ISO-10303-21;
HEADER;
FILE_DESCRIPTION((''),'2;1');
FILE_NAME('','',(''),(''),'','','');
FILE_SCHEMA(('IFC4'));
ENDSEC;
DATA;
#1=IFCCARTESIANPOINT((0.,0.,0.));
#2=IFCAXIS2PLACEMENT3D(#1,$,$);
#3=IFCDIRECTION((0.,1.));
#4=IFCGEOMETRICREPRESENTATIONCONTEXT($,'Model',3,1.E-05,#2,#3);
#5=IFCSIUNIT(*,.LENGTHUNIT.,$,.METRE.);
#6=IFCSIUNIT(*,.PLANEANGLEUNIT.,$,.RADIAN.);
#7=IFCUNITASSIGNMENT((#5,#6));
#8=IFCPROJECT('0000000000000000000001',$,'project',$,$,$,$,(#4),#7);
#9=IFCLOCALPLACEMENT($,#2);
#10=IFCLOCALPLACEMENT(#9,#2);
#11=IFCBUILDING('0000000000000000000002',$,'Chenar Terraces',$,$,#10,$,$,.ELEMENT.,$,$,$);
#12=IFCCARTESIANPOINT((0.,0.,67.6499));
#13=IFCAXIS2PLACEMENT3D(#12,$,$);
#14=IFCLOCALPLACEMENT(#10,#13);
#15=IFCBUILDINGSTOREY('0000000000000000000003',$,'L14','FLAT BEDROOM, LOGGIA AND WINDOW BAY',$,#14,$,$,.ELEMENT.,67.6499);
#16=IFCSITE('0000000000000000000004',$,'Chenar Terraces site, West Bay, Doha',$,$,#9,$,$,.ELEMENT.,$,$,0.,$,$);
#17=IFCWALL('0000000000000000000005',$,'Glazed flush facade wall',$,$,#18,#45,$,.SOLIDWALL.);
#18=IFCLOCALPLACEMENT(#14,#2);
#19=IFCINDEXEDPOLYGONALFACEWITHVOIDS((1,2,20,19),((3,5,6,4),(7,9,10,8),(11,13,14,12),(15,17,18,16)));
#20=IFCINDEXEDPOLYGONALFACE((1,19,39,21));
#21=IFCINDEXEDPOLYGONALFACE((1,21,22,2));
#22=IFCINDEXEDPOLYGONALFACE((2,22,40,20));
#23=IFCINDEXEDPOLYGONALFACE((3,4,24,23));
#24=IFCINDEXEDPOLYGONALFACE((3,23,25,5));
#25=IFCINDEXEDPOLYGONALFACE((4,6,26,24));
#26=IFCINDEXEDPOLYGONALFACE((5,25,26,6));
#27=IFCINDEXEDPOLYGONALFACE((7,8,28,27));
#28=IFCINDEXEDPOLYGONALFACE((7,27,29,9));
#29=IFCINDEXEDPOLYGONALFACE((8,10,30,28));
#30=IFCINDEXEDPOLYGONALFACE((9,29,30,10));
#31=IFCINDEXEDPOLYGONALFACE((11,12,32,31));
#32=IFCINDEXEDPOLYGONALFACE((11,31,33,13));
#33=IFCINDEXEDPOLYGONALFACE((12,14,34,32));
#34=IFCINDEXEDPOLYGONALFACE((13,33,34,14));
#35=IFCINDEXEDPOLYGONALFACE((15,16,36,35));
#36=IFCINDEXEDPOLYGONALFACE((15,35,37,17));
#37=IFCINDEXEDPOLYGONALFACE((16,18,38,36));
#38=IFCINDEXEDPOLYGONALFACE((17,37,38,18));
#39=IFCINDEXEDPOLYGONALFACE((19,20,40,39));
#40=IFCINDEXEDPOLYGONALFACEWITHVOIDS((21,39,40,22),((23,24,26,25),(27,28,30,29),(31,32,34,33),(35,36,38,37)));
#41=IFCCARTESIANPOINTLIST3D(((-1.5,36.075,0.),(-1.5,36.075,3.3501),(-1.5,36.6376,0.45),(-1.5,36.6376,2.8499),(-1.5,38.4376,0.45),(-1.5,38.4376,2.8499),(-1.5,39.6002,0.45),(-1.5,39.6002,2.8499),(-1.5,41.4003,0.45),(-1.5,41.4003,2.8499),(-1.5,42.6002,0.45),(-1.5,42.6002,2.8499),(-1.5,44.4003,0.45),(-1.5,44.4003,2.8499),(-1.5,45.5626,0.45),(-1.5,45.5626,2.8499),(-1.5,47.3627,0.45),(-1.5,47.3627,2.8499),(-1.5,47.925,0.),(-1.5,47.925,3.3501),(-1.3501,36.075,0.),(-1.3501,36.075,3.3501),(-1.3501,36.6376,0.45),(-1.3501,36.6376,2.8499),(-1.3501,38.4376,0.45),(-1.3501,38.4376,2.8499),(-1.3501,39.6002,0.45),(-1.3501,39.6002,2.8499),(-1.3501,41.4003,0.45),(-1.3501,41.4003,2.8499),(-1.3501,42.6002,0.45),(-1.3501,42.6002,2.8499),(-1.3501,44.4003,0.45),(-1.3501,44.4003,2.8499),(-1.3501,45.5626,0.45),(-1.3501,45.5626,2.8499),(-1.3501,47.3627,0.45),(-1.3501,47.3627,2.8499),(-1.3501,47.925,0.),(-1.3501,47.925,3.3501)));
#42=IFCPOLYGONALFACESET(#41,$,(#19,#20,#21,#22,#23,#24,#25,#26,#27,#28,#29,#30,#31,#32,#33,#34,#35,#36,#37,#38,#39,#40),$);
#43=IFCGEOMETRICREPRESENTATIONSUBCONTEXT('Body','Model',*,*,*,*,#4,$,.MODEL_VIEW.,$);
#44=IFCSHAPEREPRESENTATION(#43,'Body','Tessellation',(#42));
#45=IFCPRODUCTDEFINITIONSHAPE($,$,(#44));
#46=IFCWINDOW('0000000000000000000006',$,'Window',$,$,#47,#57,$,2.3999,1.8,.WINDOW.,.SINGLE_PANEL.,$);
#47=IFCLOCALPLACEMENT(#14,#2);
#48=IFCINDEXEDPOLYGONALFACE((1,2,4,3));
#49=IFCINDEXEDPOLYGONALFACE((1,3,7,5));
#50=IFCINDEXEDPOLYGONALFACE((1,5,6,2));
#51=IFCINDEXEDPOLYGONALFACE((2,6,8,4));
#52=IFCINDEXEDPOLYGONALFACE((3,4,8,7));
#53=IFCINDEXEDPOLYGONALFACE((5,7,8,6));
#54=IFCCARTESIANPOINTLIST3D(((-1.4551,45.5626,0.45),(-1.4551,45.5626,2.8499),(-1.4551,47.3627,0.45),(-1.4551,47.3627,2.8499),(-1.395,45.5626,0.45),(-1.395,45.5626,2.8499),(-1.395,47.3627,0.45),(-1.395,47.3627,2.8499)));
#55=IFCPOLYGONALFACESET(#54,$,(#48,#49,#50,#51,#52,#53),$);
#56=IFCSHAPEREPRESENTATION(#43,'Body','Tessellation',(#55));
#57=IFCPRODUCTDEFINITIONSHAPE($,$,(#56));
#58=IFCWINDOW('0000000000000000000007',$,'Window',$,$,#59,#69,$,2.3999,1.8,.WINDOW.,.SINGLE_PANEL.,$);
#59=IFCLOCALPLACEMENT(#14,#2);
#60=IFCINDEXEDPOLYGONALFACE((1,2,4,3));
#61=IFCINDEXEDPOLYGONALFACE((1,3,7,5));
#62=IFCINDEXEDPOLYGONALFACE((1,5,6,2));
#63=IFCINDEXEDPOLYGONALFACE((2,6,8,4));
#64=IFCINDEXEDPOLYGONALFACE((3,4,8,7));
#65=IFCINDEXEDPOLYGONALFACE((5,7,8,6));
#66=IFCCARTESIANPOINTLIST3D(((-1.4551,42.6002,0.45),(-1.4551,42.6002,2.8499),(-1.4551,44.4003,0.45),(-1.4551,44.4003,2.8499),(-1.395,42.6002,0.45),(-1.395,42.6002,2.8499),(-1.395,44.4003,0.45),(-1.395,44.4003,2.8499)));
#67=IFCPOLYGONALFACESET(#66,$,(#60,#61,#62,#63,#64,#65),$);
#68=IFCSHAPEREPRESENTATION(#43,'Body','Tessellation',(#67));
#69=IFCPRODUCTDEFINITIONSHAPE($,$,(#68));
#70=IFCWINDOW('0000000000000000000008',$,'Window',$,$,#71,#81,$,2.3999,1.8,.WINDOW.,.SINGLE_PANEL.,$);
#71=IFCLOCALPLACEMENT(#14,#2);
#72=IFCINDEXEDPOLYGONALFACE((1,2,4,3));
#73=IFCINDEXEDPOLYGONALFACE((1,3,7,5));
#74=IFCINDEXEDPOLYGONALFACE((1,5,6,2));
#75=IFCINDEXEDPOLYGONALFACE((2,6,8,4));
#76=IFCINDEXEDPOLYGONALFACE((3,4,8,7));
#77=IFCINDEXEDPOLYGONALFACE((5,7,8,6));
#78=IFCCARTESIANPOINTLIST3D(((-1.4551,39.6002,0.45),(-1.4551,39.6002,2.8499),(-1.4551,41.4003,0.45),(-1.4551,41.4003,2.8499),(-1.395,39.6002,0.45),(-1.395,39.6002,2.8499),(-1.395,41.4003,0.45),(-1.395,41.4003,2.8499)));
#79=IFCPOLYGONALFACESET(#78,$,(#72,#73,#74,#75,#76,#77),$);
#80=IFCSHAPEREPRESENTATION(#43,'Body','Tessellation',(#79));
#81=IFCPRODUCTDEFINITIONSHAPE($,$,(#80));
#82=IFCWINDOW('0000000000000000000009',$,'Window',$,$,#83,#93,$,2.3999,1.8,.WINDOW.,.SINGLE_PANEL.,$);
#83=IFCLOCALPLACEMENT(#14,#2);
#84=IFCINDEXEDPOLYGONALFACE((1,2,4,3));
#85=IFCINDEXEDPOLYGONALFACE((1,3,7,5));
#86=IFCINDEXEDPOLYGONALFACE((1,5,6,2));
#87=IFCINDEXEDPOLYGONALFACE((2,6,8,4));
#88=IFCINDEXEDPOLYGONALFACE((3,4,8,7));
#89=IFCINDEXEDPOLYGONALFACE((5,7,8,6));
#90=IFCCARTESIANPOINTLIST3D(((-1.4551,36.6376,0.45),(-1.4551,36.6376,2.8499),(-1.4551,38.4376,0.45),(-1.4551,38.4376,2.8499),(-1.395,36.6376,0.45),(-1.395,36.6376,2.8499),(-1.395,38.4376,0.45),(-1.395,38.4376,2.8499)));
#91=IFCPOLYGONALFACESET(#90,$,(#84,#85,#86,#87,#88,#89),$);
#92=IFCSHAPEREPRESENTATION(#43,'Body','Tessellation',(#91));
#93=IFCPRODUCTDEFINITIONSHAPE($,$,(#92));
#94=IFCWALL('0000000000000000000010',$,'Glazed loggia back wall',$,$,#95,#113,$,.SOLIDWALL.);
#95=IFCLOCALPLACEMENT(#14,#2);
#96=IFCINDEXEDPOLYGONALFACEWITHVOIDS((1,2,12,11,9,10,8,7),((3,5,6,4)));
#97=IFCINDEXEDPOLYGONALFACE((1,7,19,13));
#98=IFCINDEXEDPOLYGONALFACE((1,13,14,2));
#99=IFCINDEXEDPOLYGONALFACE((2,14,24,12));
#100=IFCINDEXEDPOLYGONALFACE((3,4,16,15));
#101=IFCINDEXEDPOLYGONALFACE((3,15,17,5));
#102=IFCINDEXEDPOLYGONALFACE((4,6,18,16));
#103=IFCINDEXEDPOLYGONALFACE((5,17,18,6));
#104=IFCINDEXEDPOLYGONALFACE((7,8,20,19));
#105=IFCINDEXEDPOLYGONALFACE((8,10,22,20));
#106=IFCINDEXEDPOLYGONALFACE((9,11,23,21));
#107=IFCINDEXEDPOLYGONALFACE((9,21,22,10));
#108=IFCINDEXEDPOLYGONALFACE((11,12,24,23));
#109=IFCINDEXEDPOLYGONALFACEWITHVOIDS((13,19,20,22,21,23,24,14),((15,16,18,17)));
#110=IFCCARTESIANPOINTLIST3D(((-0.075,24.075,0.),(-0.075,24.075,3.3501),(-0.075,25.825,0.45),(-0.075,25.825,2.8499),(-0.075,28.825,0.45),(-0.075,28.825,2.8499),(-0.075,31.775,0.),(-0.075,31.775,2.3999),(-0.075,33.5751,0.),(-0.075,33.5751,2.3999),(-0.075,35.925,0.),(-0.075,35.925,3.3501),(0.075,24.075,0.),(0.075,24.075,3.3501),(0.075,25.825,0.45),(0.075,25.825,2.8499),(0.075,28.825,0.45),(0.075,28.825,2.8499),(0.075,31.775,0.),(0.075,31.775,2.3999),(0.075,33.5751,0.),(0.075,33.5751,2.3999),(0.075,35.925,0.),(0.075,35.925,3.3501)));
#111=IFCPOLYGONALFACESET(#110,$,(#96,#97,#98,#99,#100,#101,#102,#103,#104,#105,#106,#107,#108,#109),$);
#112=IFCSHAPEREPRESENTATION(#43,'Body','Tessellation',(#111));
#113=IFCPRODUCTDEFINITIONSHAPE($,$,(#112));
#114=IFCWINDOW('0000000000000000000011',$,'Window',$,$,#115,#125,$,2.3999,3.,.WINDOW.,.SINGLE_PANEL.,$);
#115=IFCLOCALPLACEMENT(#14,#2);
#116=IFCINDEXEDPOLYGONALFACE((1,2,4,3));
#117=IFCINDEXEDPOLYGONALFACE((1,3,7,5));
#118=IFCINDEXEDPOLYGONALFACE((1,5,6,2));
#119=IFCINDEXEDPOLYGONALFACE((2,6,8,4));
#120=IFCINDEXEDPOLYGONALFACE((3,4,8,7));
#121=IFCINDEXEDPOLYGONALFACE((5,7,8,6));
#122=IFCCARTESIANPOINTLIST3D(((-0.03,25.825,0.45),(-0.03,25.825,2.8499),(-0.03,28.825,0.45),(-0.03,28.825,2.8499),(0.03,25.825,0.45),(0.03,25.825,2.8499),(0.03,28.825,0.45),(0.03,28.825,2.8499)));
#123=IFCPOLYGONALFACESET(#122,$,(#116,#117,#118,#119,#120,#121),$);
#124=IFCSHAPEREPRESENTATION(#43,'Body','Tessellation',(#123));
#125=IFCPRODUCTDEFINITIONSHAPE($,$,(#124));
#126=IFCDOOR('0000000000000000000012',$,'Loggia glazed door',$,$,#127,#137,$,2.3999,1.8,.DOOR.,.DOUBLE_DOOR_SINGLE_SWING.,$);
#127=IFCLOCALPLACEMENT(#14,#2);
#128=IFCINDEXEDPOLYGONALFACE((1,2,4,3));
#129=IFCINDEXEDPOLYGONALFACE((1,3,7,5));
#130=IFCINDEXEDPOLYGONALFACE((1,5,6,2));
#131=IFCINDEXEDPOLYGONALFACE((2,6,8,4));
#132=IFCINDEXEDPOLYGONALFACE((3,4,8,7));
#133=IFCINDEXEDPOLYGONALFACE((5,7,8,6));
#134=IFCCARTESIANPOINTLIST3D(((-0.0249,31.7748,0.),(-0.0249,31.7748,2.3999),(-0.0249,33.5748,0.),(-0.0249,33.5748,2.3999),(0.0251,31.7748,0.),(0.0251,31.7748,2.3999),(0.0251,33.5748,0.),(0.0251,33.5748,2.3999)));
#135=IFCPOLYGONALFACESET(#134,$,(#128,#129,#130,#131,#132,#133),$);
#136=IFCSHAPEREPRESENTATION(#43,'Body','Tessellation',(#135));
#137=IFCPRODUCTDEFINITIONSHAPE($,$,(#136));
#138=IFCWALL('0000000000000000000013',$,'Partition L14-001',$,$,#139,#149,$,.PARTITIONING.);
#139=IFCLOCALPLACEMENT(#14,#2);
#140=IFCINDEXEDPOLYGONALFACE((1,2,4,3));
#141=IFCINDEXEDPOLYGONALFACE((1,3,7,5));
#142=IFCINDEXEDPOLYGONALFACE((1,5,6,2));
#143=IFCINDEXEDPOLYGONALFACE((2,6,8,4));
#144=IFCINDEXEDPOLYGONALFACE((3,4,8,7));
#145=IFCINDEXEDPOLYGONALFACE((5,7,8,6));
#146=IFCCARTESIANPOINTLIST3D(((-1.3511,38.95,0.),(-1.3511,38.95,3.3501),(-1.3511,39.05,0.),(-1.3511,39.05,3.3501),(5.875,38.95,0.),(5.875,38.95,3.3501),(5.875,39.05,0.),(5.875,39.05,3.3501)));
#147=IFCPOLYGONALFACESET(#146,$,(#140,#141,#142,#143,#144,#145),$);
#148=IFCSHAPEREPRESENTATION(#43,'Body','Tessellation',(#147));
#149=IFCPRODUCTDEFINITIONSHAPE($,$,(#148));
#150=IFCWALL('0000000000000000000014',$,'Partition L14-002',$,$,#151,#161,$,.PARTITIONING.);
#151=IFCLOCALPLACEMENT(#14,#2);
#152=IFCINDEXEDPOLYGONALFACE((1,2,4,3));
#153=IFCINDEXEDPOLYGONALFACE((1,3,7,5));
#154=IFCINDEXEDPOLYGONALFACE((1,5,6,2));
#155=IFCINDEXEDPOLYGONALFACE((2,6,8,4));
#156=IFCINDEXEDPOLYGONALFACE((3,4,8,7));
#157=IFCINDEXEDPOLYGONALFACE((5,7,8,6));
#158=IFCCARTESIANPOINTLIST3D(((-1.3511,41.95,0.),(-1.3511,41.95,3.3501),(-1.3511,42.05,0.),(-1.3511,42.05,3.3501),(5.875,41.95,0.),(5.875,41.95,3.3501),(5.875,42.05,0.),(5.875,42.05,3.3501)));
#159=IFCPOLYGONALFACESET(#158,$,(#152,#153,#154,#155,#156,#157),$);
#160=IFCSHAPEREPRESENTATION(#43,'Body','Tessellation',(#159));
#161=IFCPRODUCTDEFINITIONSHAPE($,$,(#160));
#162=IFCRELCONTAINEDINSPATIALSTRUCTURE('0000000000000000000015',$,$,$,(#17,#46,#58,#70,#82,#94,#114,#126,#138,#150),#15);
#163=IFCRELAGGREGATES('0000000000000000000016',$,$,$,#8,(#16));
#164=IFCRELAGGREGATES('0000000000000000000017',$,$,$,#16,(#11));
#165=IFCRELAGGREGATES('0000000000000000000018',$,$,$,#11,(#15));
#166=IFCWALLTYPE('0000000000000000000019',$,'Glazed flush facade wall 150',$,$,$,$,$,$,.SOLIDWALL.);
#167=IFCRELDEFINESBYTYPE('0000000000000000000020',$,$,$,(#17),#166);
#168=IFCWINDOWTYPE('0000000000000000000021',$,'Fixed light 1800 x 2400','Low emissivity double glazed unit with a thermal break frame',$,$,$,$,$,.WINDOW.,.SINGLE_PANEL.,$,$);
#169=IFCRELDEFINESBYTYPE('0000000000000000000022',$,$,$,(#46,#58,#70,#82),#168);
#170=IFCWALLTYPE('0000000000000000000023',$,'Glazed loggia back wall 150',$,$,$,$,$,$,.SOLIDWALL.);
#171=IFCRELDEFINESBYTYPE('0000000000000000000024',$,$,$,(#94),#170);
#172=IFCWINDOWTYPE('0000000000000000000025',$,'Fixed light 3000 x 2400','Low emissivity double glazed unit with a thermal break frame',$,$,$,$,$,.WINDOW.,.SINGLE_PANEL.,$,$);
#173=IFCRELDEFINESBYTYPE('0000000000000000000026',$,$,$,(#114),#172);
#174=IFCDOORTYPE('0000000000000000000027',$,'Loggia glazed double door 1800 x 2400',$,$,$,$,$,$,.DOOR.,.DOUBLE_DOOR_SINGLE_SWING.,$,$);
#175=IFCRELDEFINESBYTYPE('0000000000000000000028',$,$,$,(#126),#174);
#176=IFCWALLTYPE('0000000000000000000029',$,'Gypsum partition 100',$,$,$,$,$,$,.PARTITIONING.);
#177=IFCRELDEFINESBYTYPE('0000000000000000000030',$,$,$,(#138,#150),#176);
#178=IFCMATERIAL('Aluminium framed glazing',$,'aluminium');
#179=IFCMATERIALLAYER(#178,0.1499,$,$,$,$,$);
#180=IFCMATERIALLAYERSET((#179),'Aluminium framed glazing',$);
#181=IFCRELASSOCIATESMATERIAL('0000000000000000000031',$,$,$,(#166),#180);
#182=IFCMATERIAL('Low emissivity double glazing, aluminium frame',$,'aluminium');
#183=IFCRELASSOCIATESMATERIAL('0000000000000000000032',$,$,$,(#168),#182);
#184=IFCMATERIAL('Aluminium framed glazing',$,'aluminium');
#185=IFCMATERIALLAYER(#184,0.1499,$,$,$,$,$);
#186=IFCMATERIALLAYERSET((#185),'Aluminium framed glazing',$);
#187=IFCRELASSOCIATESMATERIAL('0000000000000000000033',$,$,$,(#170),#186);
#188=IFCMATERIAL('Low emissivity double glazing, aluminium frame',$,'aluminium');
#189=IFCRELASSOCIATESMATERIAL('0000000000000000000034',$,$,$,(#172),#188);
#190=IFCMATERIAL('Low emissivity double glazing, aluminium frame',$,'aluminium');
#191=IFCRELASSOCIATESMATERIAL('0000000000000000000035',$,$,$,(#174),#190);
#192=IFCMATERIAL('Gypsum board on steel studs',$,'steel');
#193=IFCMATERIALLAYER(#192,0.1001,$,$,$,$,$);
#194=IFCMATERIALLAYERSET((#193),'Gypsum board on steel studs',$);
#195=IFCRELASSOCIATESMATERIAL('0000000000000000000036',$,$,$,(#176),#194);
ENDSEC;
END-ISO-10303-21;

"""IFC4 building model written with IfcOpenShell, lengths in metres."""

from ifc_helpers import new_model, si_unit, direction, frame, frame_2d, origin, place, context, subcontext, project, spatial, rectangle, extrude, material, layer, layer_set, type_object, element, fill, save


model = new_model("IFC4")

# Units and contexts
model_context = context("Model", 3, precision=1e-05, world=origin(), true_north=direction((0.0, 1.0)))
body_context = subcontext(model_context, "Body", "Model", "MODEL_VIEW")
ifc_project = project(units=[si_unit("LENGTHUNIT", "METRE"), si_unit("PLANEANGLEUNIT", "RADIAN")], contexts=[model_context])

# Site, building, storey
site_placement = place(None, origin())
site = spatial("IfcSite", under=ifc_project, at=site_placement, Name="Chenar Terraces site, West Bay, Doha", CompositionType="ELEMENT", RefElevation=0.0)
building_placement = place(site_placement, origin())
building = spatial("IfcBuilding", under=site, at=building_placement, Name="Chenar Terraces", CompositionType="ELEMENT")
storey_placement = place(building_placement, frame((0.0, 0.0, 67.6499)))
storey = spatial("IfcBuildingStorey", under=building, at=storey_placement, Name="L14", Description="FLAT BEDROOM, LOGGIA AND WINDOW BAY", CompositionType="ELEMENT", Elevation=67.6499)

# Wall, openings, windows
ifc_material_1 = material(Name="Aluminium framed glazing", Category="aluminium")
ifc_layer_1 = layer(ifc_material_1, 0.1499)
ifc_layer_set_1 = layer_set([ifc_layer_1], Name="Aluminium framed glazing")
wall_type_1 = type_object("IfcWallType", Name="Glazed flush facade wall 150", PredefinedType="SOLIDWALL", material=ifc_layer_set_1)
wall_1_placement = place(storey_placement, frame((-1.425, 47.925, 0.0), z_axis=(0.0, 0.0, 1.0), x_axis=(0.0, -1.0, 0.0)))
wall_1 = element("IfcWall", 1, at=wall_1_placement, inside=storey, type_object=wall_type_1, Name="Glazed flush facade wall", PredefinedType="SOLIDWALL", context=body_context, shape_type="SweptSolid", body=[
    extrude(rectangle(XDim=11.8501, YDim=0.1499, at=frame_2d((5.925, 0.0))), origin(), (0.0, 0.0, 1.0), 3.3501),
])
opening_1_placement = place(wall_1_placement, frame((0.5625, 0.0, 0.45)))
opening_1 = element("IfcOpeningElement", 2, at=opening_1_placement, cuts=wall_1, PredefinedType="OPENING", context=body_context, shape_type="SweptSolid", body=[
    extrude(rectangle(XDim=1.8, YDim=2.3999, at=frame_2d((0.8999, 1.2))), frame((0.0, 0.085, 0.0), z_axis=(0.0, -1.0, 0.0), x_axis=(1.0, 0.0, 0.0)), (0.0, 0.0, 1.0), 0.1699),
])
opening_2_placement = place(wall_1_placement, frame((3.5249, 0.0, 0.45)))
opening_2 = element("IfcOpeningElement", 3, at=opening_2_placement, cuts=wall_1, PredefinedType="OPENING", context=body_context, shape_type="SweptSolid", body=[
    extrude(rectangle(XDim=1.8, YDim=2.3999, at=frame_2d((0.8999, 1.2))), frame((0.0, 0.085, 0.0), z_axis=(0.0, -1.0, 0.0), x_axis=(1.0, 0.0, 0.0)), (0.0, 0.0, 1.0), 0.1699),
])
opening_3_placement = place(wall_1_placement, frame((6.5249, 0.0, 0.45)))
opening_3 = element("IfcOpeningElement", 4, at=opening_3_placement, cuts=wall_1, PredefinedType="OPENING", context=body_context, shape_type="SweptSolid", body=[
    extrude(rectangle(XDim=1.8, YDim=2.3999, at=frame_2d((0.8999, 1.2))), frame((0.0, 0.085, 0.0), z_axis=(0.0, -1.0, 0.0), x_axis=(1.0, 0.0, 0.0)), (0.0, 0.0, 1.0), 0.1699),
])
opening_4_placement = place(wall_1_placement, frame((9.4875, 0.0, 0.45)))
opening_4 = element("IfcOpeningElement", 5, at=opening_4_placement, cuts=wall_1, PredefinedType="OPENING", context=body_context, shape_type="SweptSolid", body=[
    extrude(rectangle(XDim=1.8, YDim=2.3999, at=frame_2d((0.8999, 1.2))), frame((0.0, 0.085, 0.0), z_axis=(0.0, -1.0, 0.0), x_axis=(1.0, 0.0, 0.0)), (0.0, 0.0, 1.0), 0.1699),
])
ifc_material_2 = material(Name="Low emissivity double glazing, aluminium frame", Category="aluminium")
window_type_1 = type_object("IfcWindowType", Name="Fixed light 1800 x 2400", Description="Low emissivity double glazed unit with a thermal break frame", PartitioningType="SINGLE_PANEL", PredefinedType="WINDOW", material=ifc_material_2)
window_1_placement = place(opening_1_placement, origin())
window_1 = element("IfcWindow", 6, at=window_1_placement, inside=storey, type_object=window_type_1, Name="Window", OverallHeight=2.3999, OverallWidth=1.8, PartitioningType="SINGLE_PANEL", PredefinedType="WINDOW", context=body_context, shape_type="SweptSolid", body=[
    extrude(rectangle(XDim=1.8, YDim=2.3999, at=frame_2d((0.8999, 1.2))), frame((0.0, 0.03, 0.0), z_axis=(0.0, -1.0, 0.0), x_axis=(1.0, 0.0, 0.0)), (0.0, 0.0, 1.0), 0.0601),
])
fill(opening_1, window_1)
window_2_placement = place(opening_2_placement, origin())
window_2 = element("IfcWindow", 7, at=window_2_placement, inside=storey, type_object=window_type_1, Name="Window", OverallHeight=2.3999, OverallWidth=1.8, PartitioningType="SINGLE_PANEL", PredefinedType="WINDOW", context=body_context, shape_type="SweptSolid", body=[
    extrude(rectangle(XDim=1.8, YDim=2.3999, at=frame_2d((0.8999, 1.2))), frame((0.0, 0.03, 0.0), z_axis=(0.0, -1.0, 0.0), x_axis=(1.0, 0.0, 0.0)), (0.0, 0.0, 1.0), 0.0601),
])
fill(opening_2, window_2)
window_3_placement = place(opening_3_placement, origin())
window_3 = element("IfcWindow", 8, at=window_3_placement, inside=storey, type_object=window_type_1, Name="Window", OverallHeight=2.3999, OverallWidth=1.8, PartitioningType="SINGLE_PANEL", PredefinedType="WINDOW", context=body_context, shape_type="SweptSolid", body=[
    extrude(rectangle(XDim=1.8, YDim=2.3999, at=frame_2d((0.8999, 1.2))), frame((0.0, 0.03, 0.0), z_axis=(0.0, -1.0, 0.0), x_axis=(1.0, 0.0, 0.0)), (0.0, 0.0, 1.0), 0.0601),
])
fill(opening_3, window_3)
window_4_placement = place(opening_4_placement, origin())
window_4 = element("IfcWindow", 9, at=window_4_placement, inside=storey, type_object=window_type_1, Name="Window", OverallHeight=2.3999, OverallWidth=1.8, PartitioningType="SINGLE_PANEL", PredefinedType="WINDOW", context=body_context, shape_type="SweptSolid", body=[
    extrude(rectangle(XDim=1.8, YDim=2.3999, at=frame_2d((0.8999, 1.2))), frame((0.0, 0.03, 0.0), z_axis=(0.0, -1.0, 0.0), x_axis=(1.0, 0.0, 0.0)), (0.0, 0.0, 1.0), 0.0601),
])
fill(opening_4, window_4)

# Wall, openings, window, door
ifc_material_3 = material(Name="Aluminium framed glazing", Category="aluminium")
ifc_layer_2 = layer(ifc_material_3, 0.1499)
ifc_layer_set_2 = layer_set([ifc_layer_2], Name="Aluminium framed glazing")
wall_type_2 = type_object("IfcWallType", Name="Glazed loggia back wall 150", PredefinedType="SOLIDWALL", material=ifc_layer_set_2)
wall_2_placement = place(storey_placement, frame((0.0, 35.925, 0.0), z_axis=(0.0, 0.0, 1.0), x_axis=(0.0, -1.0, 0.0)))
wall_2 = element("IfcWall", 10, at=wall_2_placement, inside=storey, type_object=wall_type_2, Name="Glazed loggia back wall", PredefinedType="SOLIDWALL", context=body_context, shape_type="SweptSolid", body=[
    extrude(rectangle(XDim=11.8501, YDim=0.1499, at=frame_2d((5.925, 0.0))), origin(), (0.0, 0.0, 1.0), 3.3501),
])
opening_5_placement = place(wall_2_placement, frame((2.3501, 0.0, 0.0)))
opening_5 = element("IfcOpeningElement", 11, at=opening_5_placement, cuts=wall_2, PredefinedType="OPENING", context=body_context, shape_type="SweptSolid", body=[
    extrude(rectangle(XDim=1.8, YDim=2.3999, at=frame_2d((0.8999, 1.2))), frame((0.0, 0.085, 0.0), z_axis=(0.0, -1.0, 0.0), x_axis=(1.0, 0.0, 0.0)), (0.0, 0.0, 1.0), 0.1699),
])
opening_6_placement = place(wall_2_placement, frame((7.1001, 0.0, 0.45)))
opening_6 = element("IfcOpeningElement", 12, at=opening_6_placement, cuts=wall_2, PredefinedType="OPENING", context=body_context, shape_type="SweptSolid", body=[
    extrude(rectangle(XDim=3.0, YDim=2.3999, at=frame_2d((1.5, 1.2))), frame((0.0, 0.085, 0.0), z_axis=(0.0, -1.0, 0.0), x_axis=(1.0, 0.0, 0.0)), (0.0, 0.0, 1.0), 0.1699),
])
ifc_material_4 = material(Name="Low emissivity double glazing, aluminium frame", Category="aluminium")
window_type_2 = type_object("IfcWindowType", Name="Fixed light 3000 x 2400", Description="Low emissivity double glazed unit with a thermal break frame", PartitioningType="SINGLE_PANEL", PredefinedType="WINDOW", material=ifc_material_4)
window_5_placement = place(opening_6_placement, origin())
window_5 = element("IfcWindow", 13, at=window_5_placement, inside=storey, type_object=window_type_2, Name="Window", OverallHeight=2.3999, OverallWidth=3.0, PartitioningType="SINGLE_PANEL", PredefinedType="WINDOW", context=body_context, shape_type="SweptSolid", body=[
    extrude(rectangle(XDim=3.0, YDim=2.3999, at=frame_2d((1.5, 1.2))), frame((0.0, 0.03, 0.0), z_axis=(0.0, -1.0, 0.0), x_axis=(1.0, 0.0, 0.0)), (0.0, 0.0, 1.0), 0.0601),
])
fill(opening_6, window_5)
ifc_material_5 = material(Name="Low emissivity double glazing, aluminium frame", Category="aluminium")
door_type = type_object("IfcDoorType", Name="Loggia glazed double door 1800 x 2400", OperationType="DOUBLE_DOOR_SINGLE_SWING", PredefinedType="DOOR", material=ifc_material_5)
door_placement = place(opening_5_placement, frame((1.8, 0.0, 0.0), z_axis=(0.0, 0.0, 1.0), x_axis=(-1.0, 0.0, 0.0)))
door = element("IfcDoor", 14, at=door_placement, inside=storey, type_object=door_type, Name="Loggia glazed door", OperationType="DOUBLE_DOOR_SINGLE_SWING", OverallHeight=2.3999, OverallWidth=1.8, PredefinedType="DOOR", context=body_context, shape_type="SweptSolid", body=[
    extrude(rectangle(XDim=1.8, YDim=2.3999, at=frame_2d((0.8999, 1.2))), frame((0.0, 0.0249, 0.0), z_axis=(0.0, -1.0, 0.0), x_axis=(1.0, 0.0, 0.0)), (0.0, 0.0, 1.0), 0.05),
])
fill(opening_5, door)

# Walls
ifc_material_6 = material(Name="Gypsum board on steel studs", Category="steel")
ifc_layer_3 = layer(ifc_material_6, 0.1001)
ifc_layer_set_3 = layer_set([ifc_layer_3], Name="Gypsum board on steel studs")
wall_type_3 = type_object("IfcWallType", Name="Gypsum partition 100", PredefinedType="PARTITIONING", material=ifc_layer_set_3)
for number, where, z_axis, x_axis, name in (
    (15, (-1.3511, 39.0, 0.0), (0.0, 0.0, 1.0), (1.0, 0.0, 0.0), "Partition L14-001"),
    (16, (-1.3511, 42.0, 0.0), (0.0, 0.0, 1.0), (1.0, 0.0, 0.0), "Partition L14-002"),
):
    element("IfcWall", number, at=place(storey_placement, frame(where, z_axis=z_axis, x_axis=x_axis)), inside=storey, type_object=wall_type_3, Name=name, PredefinedType="PARTITIONING", context=body_context, shape_type="SweptSolid", body=[
        extrude(rectangle(XDim=7.2261, YDim=0.1001, at=frame_2d((3.613, 0.0))), origin(), (0.0, 0.0, 1.0), 3.3501),
    ])

save(model, "model.ifc")
